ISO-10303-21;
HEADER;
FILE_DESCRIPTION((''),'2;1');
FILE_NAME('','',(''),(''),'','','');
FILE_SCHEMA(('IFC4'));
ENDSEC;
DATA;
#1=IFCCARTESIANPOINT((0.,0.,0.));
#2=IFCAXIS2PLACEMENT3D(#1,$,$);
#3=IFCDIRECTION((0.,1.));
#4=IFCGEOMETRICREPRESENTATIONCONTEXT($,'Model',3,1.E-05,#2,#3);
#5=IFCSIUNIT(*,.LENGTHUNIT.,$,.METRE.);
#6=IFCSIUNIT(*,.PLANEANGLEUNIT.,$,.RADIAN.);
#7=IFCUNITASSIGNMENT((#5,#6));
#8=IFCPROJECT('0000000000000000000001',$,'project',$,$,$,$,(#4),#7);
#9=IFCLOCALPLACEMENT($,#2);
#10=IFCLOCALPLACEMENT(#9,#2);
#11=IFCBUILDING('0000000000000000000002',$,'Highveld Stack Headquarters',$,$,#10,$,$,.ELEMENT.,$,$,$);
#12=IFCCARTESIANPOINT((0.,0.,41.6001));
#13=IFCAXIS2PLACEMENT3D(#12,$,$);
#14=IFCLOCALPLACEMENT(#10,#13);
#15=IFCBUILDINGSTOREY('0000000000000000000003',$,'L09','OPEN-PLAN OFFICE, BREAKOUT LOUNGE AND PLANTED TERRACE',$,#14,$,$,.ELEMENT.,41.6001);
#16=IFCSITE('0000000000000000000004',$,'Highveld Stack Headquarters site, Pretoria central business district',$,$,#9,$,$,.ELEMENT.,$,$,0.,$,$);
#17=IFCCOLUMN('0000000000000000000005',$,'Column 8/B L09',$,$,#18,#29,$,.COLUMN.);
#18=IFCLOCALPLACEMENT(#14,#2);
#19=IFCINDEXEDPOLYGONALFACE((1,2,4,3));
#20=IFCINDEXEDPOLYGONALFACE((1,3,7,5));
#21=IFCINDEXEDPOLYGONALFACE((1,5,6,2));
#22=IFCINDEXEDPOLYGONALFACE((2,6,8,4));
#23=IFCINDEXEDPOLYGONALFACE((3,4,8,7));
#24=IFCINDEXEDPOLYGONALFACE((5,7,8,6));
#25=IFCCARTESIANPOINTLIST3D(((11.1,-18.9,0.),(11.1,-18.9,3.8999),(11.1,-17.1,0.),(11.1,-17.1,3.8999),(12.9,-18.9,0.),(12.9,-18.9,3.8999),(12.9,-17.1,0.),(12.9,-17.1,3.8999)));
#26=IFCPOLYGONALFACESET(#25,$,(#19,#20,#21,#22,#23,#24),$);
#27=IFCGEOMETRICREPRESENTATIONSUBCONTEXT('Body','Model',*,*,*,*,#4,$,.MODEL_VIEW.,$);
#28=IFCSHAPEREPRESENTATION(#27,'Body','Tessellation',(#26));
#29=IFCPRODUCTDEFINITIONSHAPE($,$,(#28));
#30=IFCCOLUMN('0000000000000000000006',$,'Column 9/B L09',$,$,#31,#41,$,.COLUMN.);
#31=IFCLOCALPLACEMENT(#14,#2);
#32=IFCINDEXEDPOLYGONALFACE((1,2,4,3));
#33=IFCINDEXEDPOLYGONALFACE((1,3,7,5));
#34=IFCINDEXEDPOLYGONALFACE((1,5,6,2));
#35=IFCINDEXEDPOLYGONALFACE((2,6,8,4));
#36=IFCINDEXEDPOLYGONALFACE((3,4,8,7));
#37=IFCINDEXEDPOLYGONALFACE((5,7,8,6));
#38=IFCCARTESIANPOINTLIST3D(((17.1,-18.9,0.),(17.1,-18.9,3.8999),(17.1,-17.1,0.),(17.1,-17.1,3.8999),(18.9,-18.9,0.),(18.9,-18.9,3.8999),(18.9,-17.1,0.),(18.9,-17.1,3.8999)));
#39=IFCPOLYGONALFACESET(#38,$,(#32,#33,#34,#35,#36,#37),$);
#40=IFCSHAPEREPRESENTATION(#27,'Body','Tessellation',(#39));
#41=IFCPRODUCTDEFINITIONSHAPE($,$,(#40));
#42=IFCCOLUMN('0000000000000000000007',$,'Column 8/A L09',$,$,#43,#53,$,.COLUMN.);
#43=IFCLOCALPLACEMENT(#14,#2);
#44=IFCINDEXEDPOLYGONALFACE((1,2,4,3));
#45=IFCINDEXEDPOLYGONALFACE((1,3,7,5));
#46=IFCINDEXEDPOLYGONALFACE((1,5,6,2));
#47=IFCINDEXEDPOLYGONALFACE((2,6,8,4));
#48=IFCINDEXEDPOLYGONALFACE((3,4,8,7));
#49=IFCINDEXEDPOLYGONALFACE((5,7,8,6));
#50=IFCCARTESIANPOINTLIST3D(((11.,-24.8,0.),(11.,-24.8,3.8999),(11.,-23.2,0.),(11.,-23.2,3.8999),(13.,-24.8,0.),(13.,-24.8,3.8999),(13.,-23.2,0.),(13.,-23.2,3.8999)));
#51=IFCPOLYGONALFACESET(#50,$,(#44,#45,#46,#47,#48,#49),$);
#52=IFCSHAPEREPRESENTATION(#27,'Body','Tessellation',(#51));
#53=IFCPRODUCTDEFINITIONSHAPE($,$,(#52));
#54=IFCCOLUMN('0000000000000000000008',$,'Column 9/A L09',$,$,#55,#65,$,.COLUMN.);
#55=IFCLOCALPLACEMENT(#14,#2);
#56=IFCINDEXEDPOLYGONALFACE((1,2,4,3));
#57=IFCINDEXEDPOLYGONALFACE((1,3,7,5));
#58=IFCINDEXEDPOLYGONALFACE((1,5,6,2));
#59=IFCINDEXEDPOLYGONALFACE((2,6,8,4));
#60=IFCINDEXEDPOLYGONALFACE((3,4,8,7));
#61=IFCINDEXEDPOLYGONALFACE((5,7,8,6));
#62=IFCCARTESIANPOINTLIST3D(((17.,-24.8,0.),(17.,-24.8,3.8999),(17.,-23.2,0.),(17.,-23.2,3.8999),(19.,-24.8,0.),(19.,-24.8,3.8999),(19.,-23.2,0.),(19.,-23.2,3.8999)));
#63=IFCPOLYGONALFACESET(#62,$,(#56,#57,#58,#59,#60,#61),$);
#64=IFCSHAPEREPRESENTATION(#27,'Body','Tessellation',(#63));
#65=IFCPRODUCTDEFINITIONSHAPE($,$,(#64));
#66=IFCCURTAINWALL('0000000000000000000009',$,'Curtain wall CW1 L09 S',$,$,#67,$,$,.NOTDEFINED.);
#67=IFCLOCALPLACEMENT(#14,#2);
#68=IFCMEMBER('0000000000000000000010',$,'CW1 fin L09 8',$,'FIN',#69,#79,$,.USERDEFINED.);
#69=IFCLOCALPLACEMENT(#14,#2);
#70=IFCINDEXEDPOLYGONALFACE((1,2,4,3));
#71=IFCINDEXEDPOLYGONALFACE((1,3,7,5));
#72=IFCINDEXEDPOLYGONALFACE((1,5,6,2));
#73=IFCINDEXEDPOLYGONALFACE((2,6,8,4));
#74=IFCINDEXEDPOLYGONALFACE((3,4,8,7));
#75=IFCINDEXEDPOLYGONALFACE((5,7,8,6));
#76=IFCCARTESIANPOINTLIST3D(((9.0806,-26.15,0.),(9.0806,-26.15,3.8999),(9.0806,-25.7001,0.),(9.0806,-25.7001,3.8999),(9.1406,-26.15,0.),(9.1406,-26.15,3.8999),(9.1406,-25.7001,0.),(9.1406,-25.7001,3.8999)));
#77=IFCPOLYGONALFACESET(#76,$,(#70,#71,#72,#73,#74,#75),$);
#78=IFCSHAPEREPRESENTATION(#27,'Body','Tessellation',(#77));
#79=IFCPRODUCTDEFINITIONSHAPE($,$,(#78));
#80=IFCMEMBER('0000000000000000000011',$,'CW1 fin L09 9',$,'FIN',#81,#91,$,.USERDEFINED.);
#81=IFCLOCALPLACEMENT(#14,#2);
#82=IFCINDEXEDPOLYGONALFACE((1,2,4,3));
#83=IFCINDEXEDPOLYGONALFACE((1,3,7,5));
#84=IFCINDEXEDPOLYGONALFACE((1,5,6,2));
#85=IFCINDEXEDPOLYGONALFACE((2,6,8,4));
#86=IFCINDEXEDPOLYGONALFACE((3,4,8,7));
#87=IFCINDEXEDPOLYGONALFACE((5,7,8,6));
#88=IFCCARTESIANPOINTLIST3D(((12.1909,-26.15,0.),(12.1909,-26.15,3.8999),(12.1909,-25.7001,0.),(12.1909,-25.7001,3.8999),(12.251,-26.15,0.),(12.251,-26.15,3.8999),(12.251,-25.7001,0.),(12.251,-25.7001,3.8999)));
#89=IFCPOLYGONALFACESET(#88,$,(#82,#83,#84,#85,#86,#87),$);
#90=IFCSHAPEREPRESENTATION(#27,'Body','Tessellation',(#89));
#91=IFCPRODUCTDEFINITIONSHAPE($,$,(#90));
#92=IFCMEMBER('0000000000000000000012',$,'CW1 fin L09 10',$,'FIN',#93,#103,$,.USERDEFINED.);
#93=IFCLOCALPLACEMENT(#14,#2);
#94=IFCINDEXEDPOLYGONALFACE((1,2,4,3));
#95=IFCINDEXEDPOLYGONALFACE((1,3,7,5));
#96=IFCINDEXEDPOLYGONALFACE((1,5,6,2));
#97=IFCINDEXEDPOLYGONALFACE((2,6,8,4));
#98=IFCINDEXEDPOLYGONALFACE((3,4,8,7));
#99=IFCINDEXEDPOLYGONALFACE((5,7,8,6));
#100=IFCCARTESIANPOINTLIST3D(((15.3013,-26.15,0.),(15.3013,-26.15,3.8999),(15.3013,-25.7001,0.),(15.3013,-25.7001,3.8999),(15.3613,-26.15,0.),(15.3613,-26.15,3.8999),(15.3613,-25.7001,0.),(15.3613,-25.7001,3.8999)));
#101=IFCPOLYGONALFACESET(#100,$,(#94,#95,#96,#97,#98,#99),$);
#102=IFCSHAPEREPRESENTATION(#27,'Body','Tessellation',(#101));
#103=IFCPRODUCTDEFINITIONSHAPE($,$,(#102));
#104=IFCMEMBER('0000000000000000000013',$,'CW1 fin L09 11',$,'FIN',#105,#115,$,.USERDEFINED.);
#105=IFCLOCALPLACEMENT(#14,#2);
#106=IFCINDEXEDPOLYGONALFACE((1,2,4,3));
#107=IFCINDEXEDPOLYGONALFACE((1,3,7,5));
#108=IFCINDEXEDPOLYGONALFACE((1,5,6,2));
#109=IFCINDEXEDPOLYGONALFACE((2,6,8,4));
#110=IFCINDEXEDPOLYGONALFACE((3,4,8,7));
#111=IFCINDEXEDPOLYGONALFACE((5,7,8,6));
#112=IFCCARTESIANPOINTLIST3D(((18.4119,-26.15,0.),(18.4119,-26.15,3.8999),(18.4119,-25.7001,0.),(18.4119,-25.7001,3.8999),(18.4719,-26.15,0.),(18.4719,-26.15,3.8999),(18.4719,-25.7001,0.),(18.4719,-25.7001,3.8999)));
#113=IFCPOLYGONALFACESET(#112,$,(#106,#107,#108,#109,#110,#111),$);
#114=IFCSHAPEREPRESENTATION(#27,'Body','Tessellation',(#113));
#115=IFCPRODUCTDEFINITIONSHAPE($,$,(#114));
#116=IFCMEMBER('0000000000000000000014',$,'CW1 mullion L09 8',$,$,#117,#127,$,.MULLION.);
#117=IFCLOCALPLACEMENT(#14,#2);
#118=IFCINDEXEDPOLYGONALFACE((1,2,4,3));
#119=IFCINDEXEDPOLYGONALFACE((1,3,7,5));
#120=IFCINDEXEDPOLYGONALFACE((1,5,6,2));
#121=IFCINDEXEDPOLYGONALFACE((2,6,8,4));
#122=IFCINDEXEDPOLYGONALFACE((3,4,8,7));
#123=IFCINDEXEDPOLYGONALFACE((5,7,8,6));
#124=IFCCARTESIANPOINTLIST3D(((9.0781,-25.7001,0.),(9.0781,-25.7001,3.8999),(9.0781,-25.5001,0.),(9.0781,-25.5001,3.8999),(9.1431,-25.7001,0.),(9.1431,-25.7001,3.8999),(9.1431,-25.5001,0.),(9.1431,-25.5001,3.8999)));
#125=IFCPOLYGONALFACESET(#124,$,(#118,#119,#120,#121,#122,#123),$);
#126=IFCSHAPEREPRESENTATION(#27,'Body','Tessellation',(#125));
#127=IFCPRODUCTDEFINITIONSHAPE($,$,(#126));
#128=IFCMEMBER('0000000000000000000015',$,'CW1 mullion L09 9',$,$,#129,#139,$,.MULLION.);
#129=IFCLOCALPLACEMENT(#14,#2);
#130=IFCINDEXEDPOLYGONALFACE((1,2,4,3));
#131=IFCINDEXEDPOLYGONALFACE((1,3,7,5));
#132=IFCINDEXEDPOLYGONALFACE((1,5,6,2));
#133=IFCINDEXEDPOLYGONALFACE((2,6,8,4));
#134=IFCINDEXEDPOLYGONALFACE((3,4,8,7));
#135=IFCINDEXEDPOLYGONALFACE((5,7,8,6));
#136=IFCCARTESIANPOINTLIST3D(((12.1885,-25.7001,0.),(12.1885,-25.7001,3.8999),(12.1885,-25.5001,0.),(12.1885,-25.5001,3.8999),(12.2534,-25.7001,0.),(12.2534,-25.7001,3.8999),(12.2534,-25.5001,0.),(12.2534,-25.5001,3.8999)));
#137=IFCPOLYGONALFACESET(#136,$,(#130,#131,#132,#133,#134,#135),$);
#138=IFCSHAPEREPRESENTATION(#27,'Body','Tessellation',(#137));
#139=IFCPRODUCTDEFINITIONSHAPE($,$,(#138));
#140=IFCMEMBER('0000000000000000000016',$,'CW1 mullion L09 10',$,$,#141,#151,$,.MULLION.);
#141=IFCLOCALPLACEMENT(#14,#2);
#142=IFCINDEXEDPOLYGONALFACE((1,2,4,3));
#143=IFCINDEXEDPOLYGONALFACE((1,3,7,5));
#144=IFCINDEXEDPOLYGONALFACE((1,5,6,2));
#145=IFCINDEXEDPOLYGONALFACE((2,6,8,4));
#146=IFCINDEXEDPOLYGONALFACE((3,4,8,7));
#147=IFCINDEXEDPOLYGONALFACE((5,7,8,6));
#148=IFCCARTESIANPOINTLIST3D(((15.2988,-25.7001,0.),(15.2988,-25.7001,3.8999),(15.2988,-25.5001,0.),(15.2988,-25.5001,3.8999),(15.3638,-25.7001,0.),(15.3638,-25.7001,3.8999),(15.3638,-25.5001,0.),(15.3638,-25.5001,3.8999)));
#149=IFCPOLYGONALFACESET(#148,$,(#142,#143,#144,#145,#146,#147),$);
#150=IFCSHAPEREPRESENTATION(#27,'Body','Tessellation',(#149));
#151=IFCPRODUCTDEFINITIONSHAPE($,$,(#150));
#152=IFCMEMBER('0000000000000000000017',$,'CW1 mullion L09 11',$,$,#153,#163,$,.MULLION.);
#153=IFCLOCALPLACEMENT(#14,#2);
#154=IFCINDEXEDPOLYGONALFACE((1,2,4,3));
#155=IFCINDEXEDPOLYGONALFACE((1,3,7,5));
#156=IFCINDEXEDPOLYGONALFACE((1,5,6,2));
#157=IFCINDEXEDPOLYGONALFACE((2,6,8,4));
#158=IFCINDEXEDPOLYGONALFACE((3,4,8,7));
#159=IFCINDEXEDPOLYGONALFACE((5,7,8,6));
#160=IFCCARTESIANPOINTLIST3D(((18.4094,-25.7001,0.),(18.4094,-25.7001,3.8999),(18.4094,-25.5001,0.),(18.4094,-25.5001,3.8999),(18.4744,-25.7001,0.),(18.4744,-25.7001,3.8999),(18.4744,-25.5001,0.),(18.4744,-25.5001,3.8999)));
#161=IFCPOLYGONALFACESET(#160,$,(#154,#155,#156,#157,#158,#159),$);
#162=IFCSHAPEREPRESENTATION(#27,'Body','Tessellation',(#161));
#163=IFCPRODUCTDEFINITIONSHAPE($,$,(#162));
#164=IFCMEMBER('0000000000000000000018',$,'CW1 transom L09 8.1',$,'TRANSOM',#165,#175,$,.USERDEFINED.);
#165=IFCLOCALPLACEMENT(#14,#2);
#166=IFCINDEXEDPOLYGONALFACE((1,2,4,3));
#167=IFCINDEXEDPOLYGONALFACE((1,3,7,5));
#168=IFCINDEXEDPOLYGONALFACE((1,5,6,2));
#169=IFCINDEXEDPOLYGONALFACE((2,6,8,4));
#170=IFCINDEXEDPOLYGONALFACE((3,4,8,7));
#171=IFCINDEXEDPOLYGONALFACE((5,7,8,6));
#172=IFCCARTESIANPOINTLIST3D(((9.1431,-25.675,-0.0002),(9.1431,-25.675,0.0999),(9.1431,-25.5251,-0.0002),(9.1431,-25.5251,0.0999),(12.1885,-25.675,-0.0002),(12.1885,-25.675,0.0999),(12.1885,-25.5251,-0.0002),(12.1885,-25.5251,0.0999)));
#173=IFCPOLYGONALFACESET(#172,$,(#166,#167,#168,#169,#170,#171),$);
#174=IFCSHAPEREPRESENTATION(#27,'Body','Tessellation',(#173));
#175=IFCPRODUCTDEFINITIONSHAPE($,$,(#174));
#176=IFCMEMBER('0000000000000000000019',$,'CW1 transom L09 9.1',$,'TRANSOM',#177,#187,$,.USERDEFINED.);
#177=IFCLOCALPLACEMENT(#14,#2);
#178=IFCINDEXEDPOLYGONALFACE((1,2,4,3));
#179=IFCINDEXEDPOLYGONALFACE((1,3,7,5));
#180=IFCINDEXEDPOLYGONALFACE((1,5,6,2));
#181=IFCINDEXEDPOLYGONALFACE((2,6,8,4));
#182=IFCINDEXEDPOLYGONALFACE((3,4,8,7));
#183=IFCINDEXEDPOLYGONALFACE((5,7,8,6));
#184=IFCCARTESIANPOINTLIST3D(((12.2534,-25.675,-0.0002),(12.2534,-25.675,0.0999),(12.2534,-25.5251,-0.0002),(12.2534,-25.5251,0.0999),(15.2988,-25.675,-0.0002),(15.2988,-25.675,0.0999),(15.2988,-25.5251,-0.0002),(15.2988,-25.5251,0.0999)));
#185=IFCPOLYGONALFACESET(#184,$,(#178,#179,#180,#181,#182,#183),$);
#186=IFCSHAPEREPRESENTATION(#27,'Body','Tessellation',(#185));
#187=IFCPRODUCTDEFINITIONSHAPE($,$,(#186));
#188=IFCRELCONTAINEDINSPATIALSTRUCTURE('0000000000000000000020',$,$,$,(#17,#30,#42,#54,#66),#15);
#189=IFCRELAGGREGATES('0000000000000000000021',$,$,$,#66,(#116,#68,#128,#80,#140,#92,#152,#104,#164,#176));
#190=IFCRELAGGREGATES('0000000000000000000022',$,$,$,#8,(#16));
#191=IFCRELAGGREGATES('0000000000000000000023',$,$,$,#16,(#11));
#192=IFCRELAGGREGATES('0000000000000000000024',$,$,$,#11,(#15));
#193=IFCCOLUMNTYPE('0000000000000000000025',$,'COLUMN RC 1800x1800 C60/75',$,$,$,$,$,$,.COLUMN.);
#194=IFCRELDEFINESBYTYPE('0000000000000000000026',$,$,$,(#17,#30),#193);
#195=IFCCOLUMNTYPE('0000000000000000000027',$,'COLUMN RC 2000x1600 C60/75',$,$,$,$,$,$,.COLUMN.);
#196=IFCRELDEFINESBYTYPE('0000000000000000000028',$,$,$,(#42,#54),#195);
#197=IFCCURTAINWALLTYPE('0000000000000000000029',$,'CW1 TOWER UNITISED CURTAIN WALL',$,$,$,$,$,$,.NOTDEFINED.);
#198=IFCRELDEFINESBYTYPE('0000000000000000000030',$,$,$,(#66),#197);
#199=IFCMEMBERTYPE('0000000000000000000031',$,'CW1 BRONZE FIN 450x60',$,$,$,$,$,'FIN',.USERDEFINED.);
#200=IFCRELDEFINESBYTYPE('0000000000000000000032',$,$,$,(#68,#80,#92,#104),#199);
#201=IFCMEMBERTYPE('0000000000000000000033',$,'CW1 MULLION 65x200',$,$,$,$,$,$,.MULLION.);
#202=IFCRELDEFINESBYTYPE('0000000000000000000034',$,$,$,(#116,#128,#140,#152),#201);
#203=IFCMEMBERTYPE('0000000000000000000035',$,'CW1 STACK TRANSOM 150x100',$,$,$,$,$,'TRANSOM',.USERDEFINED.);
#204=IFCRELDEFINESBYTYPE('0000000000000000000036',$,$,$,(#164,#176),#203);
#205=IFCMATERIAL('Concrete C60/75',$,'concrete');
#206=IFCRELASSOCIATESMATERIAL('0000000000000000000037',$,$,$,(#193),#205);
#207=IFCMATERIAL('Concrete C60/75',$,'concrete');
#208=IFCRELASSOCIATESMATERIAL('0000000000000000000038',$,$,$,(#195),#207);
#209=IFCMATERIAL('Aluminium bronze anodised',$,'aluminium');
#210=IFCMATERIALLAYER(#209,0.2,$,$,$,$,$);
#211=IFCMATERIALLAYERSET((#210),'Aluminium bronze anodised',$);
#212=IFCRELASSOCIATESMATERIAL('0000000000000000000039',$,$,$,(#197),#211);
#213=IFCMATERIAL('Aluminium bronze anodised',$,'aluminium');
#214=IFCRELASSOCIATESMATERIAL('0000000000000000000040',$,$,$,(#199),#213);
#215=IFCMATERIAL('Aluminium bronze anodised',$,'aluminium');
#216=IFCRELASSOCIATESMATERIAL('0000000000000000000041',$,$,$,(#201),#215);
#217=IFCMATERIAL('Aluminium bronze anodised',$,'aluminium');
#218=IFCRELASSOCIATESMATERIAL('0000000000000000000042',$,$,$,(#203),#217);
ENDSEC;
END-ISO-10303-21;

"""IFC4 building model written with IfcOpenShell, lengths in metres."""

from ifc_helpers import new_model, si_unit, direction, frame, origin, origin_2d, place, context, subcontext, project, spatial, rectangle, extrude, material, layer, layer_set, material_profile, profile_set, type_object, element, aggregate, save


model = new_model("IFC4")

# Units and contexts
model_context = context("Model", 3, precision=1e-05, world=origin(), true_north=direction((0.0, 1.0)))
body_context = subcontext(model_context, "Body", "Model", "MODEL_VIEW")
ifc_project = project(units=[si_unit("LENGTHUNIT", "METRE"), si_unit("PLANEANGLEUNIT", "RADIAN")], contexts=[model_context])

# Site, building, storey
site_placement = place(None, origin())
site = spatial("IfcSite", under=ifc_project, at=site_placement, Name="Highveld Stack Headquarters site, Pretoria central business district", CompositionType="ELEMENT", RefElevation=0.0)
building_placement = place(site_placement, origin())
building = spatial("IfcBuilding", under=site, at=building_placement, Name="Highveld Stack Headquarters", CompositionType="ELEMENT")
storey_placement = place(building_placement, frame((0.0, 0.0, 41.6001)))
storey = spatial("IfcBuildingStorey", under=building, at=storey_placement, Name="L09", Description="OPEN-PLAN OFFICE, BREAKOUT LOUNGE AND PLANTED TERRACE", CompositionType="ELEMENT", Elevation=41.6001)

# Columns
ifc_material_1 = material(Name="Concrete C60/75", Category="concrete")
ifc_material_profile_1 = material_profile(ifc_material_1, rectangle(XDim=1.8, YDim=1.8, at=origin_2d()), Name="RC 1800x1800")
ifc_profile_set_1 = profile_set([ifc_material_profile_1], Name="Concrete C60/75")
column_type_1 = type_object("IfcColumnType", Name="COLUMN RC 1800x1800 C60/75", PredefinedType="COLUMN", material=ifc_profile_set_1)
for number, where, z_axis, x_axis, name in (
    (1, (12.0, -18.0, 0.0), (0.0, 0.0, 1.0), (1.0, 0.0, 0.0), "Column 8/B L09"),
    (2, (18.0, -18.0, 0.0), (0.0, 0.0, 1.0), (1.0, 0.0, 0.0), "Column 9/B L09"),
):
    element("IfcColumn", number, at=place(storey_placement, frame(where, z_axis=z_axis, x_axis=x_axis)), inside=storey, type_object=column_type_1, Name=name, PredefinedType="COLUMN", context=body_context, shape_type="SweptSolid", body=[
        extrude(rectangle(XDim=1.8, YDim=1.8, at=origin_2d()), origin(), (0.0, 0.0, 1.0), 3.8999),
    ])
ifc_material_2 = material(Name="Concrete C60/75", Category="concrete")
ifc_material_profile_2 = material_profile(ifc_material_2, rectangle(XDim=2.0, YDim=1.6001, at=origin_2d()), Name="RC 2000x1600")
ifc_profile_set_2 = profile_set([ifc_material_profile_2], Name="Concrete C60/75")
column_type_2 = type_object("IfcColumnType", Name="COLUMN RC 2000x1600 C60/75", PredefinedType="COLUMN", material=ifc_profile_set_2)
for number, where, z_axis, x_axis, name in (
    (3, (12.0, -24.0, 0.0), (0.0, 0.0, 1.0), (1.0, 0.0, 0.0), "Column 8/A L09"),
    (4, (18.0, -24.0, 0.0), (0.0, 0.0, 1.0), (1.0, 0.0, 0.0), "Column 9/A L09"),
):
    element("IfcColumn", number, at=place(storey_placement, frame(where, z_axis=z_axis, x_axis=x_axis)), inside=storey, type_object=column_type_2, Name=name, PredefinedType="COLUMN", context=body_context, shape_type="SweptSolid", body=[
        extrude(rectangle(XDim=2.0, YDim=1.6001, at=origin_2d()), origin(), (0.0, 0.0, 1.0), 3.8999),
    ])

# Curtain wall, members
ifc_material_3 = material(Name="Aluminium bronze anodised", Category="aluminium")
ifc_layer_1 = layer(ifc_material_3, 0.2)
ifc_layer_set_1 = layer_set([ifc_layer_1], Name="Aluminium bronze anodised")
curtain_wall_type = type_object("IfcCurtainWallType", Name="CW1 TOWER UNITISED CURTAIN WALL", PredefinedType="NOTDEFINED", material=ifc_layer_set_1)
curtain_wall_placement = place(storey_placement, origin())
curtain_wall = element("IfcCurtainWall", 5, at=curtain_wall_placement, inside=storey, type_object=curtain_wall_type, Name="Curtain wall CW1 L09 S", PredefinedType="NOTDEFINED")
ifc_material_4 = material(Name="Aluminium bronze anodised", Category="aluminium")
ifc_material_profile_3 = material_profile(ifc_material_4, rectangle(XDim=0.45, YDim=0.0601, at=origin_2d()), Name="FIN 450x60")
ifc_profile_set_3 = profile_set([ifc_material_profile_3], Name="Aluminium bronze anodised")
member_type_1 = type_object("IfcMemberType", Name="CW1 BRONZE FIN 450x60", ElementType="FIN", PredefinedType="USERDEFINED", material=ifc_profile_set_3)
member_1_placement = place(storey_placement, frame((9.1106, -25.925, 0.0), z_axis=(0.0, 0.0, 1.0), x_axis=(0.0, 1.0, 0.0)))
member_1 = element("IfcMember", 6, at=member_1_placement, type_object=member_type_1, Name="CW1 fin L09 8", ObjectType="FIN", PredefinedType="USERDEFINED", context=body_context, shape_type="SweptSolid", body=[
    extrude(rectangle(XDim=0.45, YDim=0.0601, at=origin_2d()), origin(), (0.0, 0.0, 1.0), 3.8999),
])
member_2_placement = place(storey_placement, frame((12.2209, -25.925, 0.0), z_axis=(0.0, 0.0, 1.0), x_axis=(0.0, 1.0, 0.0)))
member_2 = element("IfcMember", 7, at=member_2_placement, type_object=member_type_1, Name="CW1 fin L09 9", ObjectType="FIN", PredefinedType="USERDEFINED", context=body_context, shape_type="SweptSolid", body=[
    extrude(rectangle(XDim=0.45, YDim=0.0601, at=origin_2d()), origin(), (0.0, 0.0, 1.0), 3.8999),
])
member_3_placement = place(storey_placement, frame((15.3313, -25.925, 0.0), z_axis=(0.0, 0.0, 1.0), x_axis=(0.0, 1.0, 0.0)))
member_3 = element("IfcMember", 8, at=member_3_placement, type_object=member_type_1, Name="CW1 fin L09 10", ObjectType="FIN", PredefinedType="USERDEFINED", context=body_context, shape_type="SweptSolid", body=[
    extrude(rectangle(XDim=0.45, YDim=0.0601, at=origin_2d()), origin(), (0.0, 0.0, 1.0), 3.8999),
])
member_4_placement = place(storey_placement, frame((18.4419, -25.925, 0.0), z_axis=(0.0, 0.0, 1.0), x_axis=(0.0, 1.0, 0.0)))
member_4 = element("IfcMember", 9, at=member_4_placement, type_object=member_type_1, Name="CW1 fin L09 11", ObjectType="FIN", PredefinedType="USERDEFINED", context=body_context, shape_type="SweptSolid", body=[
    extrude(rectangle(XDim=0.45, YDim=0.0601, at=origin_2d()), origin(), (0.0, 0.0, 1.0), 3.8999),
])
ifc_material_5 = material(Name="Aluminium bronze anodised", Category="aluminium")
ifc_material_profile_4 = material_profile(ifc_material_5, rectangle(XDim=0.2, YDim=0.0649, at=origin_2d()), Name="CW1 MULLION 65x200")
ifc_profile_set_4 = profile_set([ifc_material_profile_4], Name="Aluminium bronze anodised")
member_type_2 = type_object("IfcMemberType", Name="CW1 MULLION 65x200", PredefinedType="MULLION", material=ifc_profile_set_4)
member_5_placement = place(storey_placement, frame((9.1106, -25.6001, 0.0), z_axis=(0.0, 0.0, 1.0), x_axis=(0.0, 1.0, 0.0)))
member_5 = element("IfcMember", 10, at=member_5_placement, type_object=member_type_2, Name="CW1 mullion L09 8", PredefinedType="MULLION", context=body_context, shape_type="SweptSolid", body=[
    extrude(rectangle(XDim=0.2, YDim=0.0649, at=origin_2d()), origin(), (0.0, 0.0, 1.0), 3.8999),
])
member_6_placement = place(storey_placement, frame((12.2209, -25.6001, 0.0), z_axis=(0.0, 0.0, 1.0), x_axis=(0.0, 1.0, 0.0)))
member_6 = element("IfcMember", 11, at=member_6_placement, type_object=member_type_2, Name="CW1 mullion L09 9", PredefinedType="MULLION", context=body_context, shape_type="SweptSolid", body=[
    extrude(rectangle(XDim=0.2, YDim=0.0649, at=origin_2d()), origin(), (0.0, 0.0, 1.0), 3.8999),
])
member_7_placement = place(storey_placement, frame((15.3313, -25.6001, 0.0), z_axis=(0.0, 0.0, 1.0), x_axis=(0.0, 1.0, 0.0)))
member_7 = element("IfcMember", 12, at=member_7_placement, type_object=member_type_2, Name="CW1 mullion L09 10", PredefinedType="MULLION", context=body_context, shape_type="SweptSolid", body=[
    extrude(rectangle(XDim=0.2, YDim=0.0649, at=origin_2d()), origin(), (0.0, 0.0, 1.0), 3.8999),
])
member_8_placement = place(storey_placement, frame((18.4419, -25.6001, 0.0), z_axis=(0.0, 0.0, 1.0), x_axis=(0.0, 1.0, 0.0)))
member_8 = element("IfcMember", 13, at=member_8_placement, type_object=member_type_2, Name="CW1 mullion L09 11", PredefinedType="MULLION", context=body_context, shape_type="SweptSolid", body=[
    extrude(rectangle(XDim=0.2, YDim=0.0649, at=origin_2d()), origin(), (0.0, 0.0, 1.0), 3.8999),
])
ifc_material_6 = material(Name="Aluminium bronze anodised", Category="aluminium")
ifc_material_profile_5 = material_profile(ifc_material_6, rectangle(XDim=0.1499, YDim=0.1001, at=origin_2d()), Name="CW1 TRANSOM 150x100")
ifc_profile_set_5 = profile_set([ifc_material_profile_5], Name="Aluminium bronze anodised")
member_type_3 = type_object("IfcMemberType", Name="CW1 STACK TRANSOM 150x100", ElementType="TRANSOM", PredefinedType="USERDEFINED", material=ifc_profile_set_5)
member_9_placement = place(storey_placement, frame((9.1431, -25.6001, 0.0498), z_axis=(1.0, 0.0, 0.0), x_axis=(0.0, 1.0, 0.0)))
member_9 = element("IfcMember", 14, at=member_9_placement, type_object=member_type_3, Name="CW1 transom L09 8.1", ObjectType="TRANSOM", PredefinedType="USERDEFINED", context=body_context, shape_type="SweptSolid", body=[
    extrude(rectangle(XDim=0.1499, YDim=0.1001, at=origin_2d()), origin(), (0.0, 0.0, 1.0), 3.0454),
])
member_10_placement = place(storey_placement, frame((12.2534, -25.6001, 0.0498), z_axis=(1.0, 0.0, 0.0), x_axis=(0.0, 1.0, 0.0)))
member_10 = element("IfcMember", 15, at=member_10_placement, type_object=member_type_3, Name="CW1 transom L09 9.1", ObjectType="TRANSOM", PredefinedType="USERDEFINED", context=body_context, shape_type="SweptSolid", body=[
    extrude(rectangle(XDim=0.1499, YDim=0.1001, at=origin_2d()), origin(), (0.0, 0.0, 1.0), 3.0454),
])
aggregate(curtain_wall, [member_5, member_1, member_6, member_2, member_7, member_3, member_8, member_4, member_9, member_10])

save(model, "model.ifc")
